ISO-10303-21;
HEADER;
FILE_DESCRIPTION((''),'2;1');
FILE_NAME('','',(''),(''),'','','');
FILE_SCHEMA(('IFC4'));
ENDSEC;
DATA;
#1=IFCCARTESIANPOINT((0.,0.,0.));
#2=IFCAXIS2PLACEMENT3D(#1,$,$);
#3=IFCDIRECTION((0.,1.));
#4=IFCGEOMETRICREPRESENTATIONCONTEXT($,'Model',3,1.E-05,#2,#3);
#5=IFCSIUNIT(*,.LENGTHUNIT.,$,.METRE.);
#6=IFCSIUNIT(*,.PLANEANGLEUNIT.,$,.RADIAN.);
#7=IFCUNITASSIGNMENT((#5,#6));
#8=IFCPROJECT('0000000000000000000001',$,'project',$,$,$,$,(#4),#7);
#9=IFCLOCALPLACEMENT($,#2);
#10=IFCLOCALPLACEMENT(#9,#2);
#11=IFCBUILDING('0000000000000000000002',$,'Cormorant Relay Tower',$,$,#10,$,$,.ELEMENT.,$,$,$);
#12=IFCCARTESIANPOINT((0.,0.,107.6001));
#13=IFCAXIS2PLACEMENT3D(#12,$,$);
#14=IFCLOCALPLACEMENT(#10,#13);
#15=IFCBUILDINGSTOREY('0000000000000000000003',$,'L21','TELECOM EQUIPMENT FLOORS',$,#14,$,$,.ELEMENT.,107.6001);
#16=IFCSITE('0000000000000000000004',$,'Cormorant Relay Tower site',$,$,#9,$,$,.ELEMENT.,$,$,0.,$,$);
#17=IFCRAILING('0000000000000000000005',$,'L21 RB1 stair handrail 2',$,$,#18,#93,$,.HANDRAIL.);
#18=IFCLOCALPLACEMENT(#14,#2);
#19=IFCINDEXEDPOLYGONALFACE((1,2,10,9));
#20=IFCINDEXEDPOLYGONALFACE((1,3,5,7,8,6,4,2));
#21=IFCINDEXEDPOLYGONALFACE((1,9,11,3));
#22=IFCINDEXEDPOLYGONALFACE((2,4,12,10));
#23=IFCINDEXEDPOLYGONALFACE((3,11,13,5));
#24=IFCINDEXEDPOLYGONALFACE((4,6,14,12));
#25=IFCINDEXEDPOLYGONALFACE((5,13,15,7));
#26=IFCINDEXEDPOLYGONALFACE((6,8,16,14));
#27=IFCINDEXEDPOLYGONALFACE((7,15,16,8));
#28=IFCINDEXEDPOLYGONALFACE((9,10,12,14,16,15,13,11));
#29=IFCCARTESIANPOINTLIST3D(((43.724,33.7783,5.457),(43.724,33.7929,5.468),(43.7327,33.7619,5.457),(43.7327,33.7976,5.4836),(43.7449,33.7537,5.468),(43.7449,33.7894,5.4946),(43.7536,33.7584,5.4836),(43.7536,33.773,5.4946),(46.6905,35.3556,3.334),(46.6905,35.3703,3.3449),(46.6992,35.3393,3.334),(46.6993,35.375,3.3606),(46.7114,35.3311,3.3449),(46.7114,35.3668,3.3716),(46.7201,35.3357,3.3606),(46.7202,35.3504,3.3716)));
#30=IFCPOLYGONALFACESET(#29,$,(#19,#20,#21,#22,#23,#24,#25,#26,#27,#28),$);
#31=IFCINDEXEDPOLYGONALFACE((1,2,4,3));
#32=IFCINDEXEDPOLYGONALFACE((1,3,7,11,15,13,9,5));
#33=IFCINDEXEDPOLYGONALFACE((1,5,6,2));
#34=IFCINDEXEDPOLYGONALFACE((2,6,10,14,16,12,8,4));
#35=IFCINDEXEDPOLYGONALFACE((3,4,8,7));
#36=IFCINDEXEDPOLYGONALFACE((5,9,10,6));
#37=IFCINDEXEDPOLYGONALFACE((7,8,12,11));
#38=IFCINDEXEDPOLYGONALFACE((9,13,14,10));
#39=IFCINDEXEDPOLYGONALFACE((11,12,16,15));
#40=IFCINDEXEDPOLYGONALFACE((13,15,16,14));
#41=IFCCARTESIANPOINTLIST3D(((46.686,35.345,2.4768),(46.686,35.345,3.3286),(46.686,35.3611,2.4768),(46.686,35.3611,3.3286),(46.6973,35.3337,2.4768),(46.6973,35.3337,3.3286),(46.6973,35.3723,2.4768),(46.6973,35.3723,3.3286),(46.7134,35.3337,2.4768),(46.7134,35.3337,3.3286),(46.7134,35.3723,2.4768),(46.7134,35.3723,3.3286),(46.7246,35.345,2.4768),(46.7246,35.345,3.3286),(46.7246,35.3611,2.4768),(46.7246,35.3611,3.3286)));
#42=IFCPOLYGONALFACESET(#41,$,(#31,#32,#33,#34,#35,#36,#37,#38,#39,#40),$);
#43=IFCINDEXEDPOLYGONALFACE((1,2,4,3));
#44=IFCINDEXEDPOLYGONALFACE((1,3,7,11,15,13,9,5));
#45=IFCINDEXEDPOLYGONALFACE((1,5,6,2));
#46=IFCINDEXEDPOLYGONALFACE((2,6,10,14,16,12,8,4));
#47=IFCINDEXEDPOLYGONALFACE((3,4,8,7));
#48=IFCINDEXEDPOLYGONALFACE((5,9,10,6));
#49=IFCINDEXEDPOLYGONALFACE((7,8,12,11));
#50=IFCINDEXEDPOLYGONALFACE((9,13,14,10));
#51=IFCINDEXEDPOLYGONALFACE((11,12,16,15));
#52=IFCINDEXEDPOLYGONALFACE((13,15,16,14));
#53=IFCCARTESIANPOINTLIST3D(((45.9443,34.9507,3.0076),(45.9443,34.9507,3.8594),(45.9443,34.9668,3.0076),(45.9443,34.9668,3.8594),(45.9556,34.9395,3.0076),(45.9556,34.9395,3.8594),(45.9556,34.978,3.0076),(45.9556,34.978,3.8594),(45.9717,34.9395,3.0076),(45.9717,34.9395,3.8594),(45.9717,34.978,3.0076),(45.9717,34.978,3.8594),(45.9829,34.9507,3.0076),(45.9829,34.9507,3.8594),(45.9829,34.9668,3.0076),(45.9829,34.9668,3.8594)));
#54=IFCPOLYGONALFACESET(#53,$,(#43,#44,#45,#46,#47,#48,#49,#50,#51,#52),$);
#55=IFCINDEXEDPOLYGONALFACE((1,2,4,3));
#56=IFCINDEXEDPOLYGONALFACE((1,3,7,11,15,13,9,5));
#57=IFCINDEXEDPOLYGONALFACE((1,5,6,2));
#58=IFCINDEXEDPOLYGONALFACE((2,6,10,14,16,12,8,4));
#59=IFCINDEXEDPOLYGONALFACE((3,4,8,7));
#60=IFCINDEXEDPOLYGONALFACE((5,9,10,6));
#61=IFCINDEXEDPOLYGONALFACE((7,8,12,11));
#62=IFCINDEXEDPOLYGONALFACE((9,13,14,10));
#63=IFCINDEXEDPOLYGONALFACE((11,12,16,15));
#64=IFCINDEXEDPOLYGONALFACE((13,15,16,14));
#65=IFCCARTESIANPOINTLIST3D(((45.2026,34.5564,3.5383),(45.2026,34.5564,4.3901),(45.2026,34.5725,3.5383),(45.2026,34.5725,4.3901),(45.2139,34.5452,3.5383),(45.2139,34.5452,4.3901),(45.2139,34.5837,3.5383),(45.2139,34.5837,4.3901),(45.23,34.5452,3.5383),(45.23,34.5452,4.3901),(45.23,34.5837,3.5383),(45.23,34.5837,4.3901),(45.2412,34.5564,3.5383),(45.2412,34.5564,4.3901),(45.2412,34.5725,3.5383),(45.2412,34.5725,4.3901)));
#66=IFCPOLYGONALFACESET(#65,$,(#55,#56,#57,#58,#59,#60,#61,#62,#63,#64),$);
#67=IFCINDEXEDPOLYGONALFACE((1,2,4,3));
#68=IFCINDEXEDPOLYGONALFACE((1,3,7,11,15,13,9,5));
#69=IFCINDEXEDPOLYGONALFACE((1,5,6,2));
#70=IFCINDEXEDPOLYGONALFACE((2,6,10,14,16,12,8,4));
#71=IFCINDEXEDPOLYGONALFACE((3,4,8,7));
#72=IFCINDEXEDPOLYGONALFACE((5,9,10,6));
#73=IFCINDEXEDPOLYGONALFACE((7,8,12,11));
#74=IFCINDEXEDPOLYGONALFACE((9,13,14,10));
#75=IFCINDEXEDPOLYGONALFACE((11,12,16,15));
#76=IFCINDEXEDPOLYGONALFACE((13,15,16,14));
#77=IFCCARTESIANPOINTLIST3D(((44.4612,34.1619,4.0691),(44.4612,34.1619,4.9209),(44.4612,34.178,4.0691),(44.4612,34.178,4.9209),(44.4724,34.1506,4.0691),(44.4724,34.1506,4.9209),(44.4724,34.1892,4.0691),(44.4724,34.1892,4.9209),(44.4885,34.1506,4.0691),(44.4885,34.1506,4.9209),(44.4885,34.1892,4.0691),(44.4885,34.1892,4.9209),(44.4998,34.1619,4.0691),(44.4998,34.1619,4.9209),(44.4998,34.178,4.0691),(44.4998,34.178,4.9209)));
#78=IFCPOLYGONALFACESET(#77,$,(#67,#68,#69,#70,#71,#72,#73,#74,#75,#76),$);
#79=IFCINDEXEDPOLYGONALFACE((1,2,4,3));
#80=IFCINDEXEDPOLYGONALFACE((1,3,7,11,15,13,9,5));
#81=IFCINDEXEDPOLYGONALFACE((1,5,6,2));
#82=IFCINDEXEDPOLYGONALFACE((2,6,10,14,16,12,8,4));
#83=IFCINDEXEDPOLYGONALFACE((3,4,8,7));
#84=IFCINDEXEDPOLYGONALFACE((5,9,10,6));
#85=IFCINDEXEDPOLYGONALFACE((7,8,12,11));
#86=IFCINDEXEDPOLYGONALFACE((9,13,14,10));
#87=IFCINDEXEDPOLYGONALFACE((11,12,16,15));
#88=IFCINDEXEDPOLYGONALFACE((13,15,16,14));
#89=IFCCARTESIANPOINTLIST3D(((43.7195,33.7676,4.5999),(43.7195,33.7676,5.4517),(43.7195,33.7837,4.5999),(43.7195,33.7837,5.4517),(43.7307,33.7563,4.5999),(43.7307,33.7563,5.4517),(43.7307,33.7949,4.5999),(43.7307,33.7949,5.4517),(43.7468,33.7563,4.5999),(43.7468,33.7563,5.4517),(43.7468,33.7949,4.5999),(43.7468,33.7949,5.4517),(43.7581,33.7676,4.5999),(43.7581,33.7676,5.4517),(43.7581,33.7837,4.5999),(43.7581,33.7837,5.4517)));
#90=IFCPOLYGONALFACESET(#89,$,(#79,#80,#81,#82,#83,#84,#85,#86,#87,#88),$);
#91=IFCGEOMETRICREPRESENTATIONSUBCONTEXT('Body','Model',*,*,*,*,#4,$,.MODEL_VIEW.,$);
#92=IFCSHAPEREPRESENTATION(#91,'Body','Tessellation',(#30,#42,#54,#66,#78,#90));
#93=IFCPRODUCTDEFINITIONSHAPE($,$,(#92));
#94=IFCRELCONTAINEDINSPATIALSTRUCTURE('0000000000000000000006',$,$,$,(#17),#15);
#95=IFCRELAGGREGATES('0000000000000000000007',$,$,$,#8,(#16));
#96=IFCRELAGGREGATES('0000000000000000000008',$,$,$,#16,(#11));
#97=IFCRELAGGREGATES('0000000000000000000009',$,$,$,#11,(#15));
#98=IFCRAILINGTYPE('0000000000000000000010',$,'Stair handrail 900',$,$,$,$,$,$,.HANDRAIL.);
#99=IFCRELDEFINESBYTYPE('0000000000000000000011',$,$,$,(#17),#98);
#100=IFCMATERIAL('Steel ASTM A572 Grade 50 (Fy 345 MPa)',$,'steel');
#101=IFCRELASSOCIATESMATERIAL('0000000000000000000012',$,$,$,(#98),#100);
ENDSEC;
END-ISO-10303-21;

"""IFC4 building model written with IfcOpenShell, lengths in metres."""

from ifc_helpers import new_model, si_unit, direction, frame, origin, place, context, subcontext, project, spatial, polyline, outline, extrude, material, type_object, element, save


model = new_model("IFC4")

# Units and contexts
model_context = context("Model", 3, precision=1e-05, world=origin(), true_north=direction((0.0, 1.0)))
body_context = subcontext(model_context, "Body", "Model", "MODEL_VIEW")
ifc_project = project(units=[si_unit("LENGTHUNIT", "METRE"), si_unit("PLANEANGLEUNIT", "RADIAN")], contexts=[model_context])

# Site, building, storey
site_placement = place(None, origin())
site = spatial("IfcSite", under=ifc_project, at=site_placement, Name="Cormorant Relay Tower site", CompositionType="ELEMENT", RefElevation=0.0)
building_placement = place(site_placement, origin())
building = spatial("IfcBuilding", under=site, at=building_placement, Name="Cormorant Relay Tower", CompositionType="ELEMENT")
storey_placement = place(building_placement, frame((0.0, 0.0, 107.6001)))
storey = spatial("IfcBuildingStorey", under=building, at=storey_placement, Name="L21", Description="TELECOM EQUIPMENT FLOORS", CompositionType="ELEMENT", Elevation=107.6001)

# Railing
ifc_material_1 = material(Name="Steel ASTM A572 Grade 50 (Fy 345 MPa)", Category="steel")
railing_type_1 = type_object("IfcRailingType", Name="Stair handrail 900", PredefinedType="HANDRAIL", material=ifc_material_1)
railing_1_placement = place(storey_placement, frame((46.7053, 35.353, 2.4768)))
element("IfcRailing", 1, at=railing_1_placement, inside=storey, type_object=railing_type_1, Name="L21 RB1 stair handrail 2", PredefinedType="HANDRAIL", context=body_context, shape_type="SweptSolid", body=[
    extrude(outline(polyline([(0.0222, 0.0093), (0.0093, 0.0222), (-0.0093, 0.0222), (-0.0222, 0.0093), (-0.0222, -0.0093), (-0.0093, -0.0222), (0.0093, -0.0222), (0.0222, -0.0093), (0.0222, 0.0093)])), frame((0.0, 0.0, 0.876), z_axis=(-0.746413, -0.396887, 0.534179), x_axis=(0.469483, -0.882942, 0.0)), (0.0, 0.0, 1.0), 3.9744),
    extrude(outline(polyline([(0.0193, 0.0081), (0.0081, 0.0193), (-0.0081, 0.0193), (-0.0193, 0.0081), (-0.0193, -0.0081), (-0.0081, -0.0193), (0.0081, -0.0193), (0.0193, -0.0081), (0.0193, 0.0081)])), origin(), (0.0, 0.0, 1.0), 0.8518),
    extrude(outline(polyline([(0.0193, 0.0081), (0.0081, 0.0193), (-0.0081, 0.0193), (-0.0193, 0.0081), (-0.0193, -0.0081), (-0.0081, -0.0193), (0.0081, -0.0193), (0.0193, -0.0081), (0.0193, 0.0081)])), frame((-0.7417, -0.3943, 0.5308)), (0.0, 0.0, 1.0), 0.8518),
    extrude(outline(polyline([(0.0193, 0.0081), (0.0081, 0.0193), (-0.0081, 0.0193), (-0.0193, 0.0081), (-0.0193, -0.0081), (-0.0081, -0.0193), (0.0081, -0.0193), (0.0193, -0.0081), (0.0193, 0.0081)])), frame((-1.4834, -0.7886, 1.0615)), (0.0, 0.0, 1.0), 0.8518),
    extrude(outline(polyline([(0.0193, 0.0081), (0.0081, 0.0193), (-0.0081, 0.0193), (-0.0193, 0.0081), (-0.0193, -0.0081), (-0.0081, -0.0193), (0.0081, -0.0193), (0.0193, -0.0081), (0.0193, 0.0081)])), frame((-2.2249, -1.1831, 1.5923)), (0.0, 0.0, 1.0), 0.8518),
    extrude(outline(polyline([(0.0193, 0.0081), (0.0081, 0.0193), (-0.0081, 0.0193), (-0.0193, 0.0081), (-0.0193, -0.0081), (-0.0081, -0.0193), (0.0081, -0.0193), (0.0193, -0.0081), (0.0193, 0.0081)])), frame((-2.9666, -1.5774, 2.123)), (0.0, 0.0, 1.0), 0.8518),
])

save(model, "model.ifc")
